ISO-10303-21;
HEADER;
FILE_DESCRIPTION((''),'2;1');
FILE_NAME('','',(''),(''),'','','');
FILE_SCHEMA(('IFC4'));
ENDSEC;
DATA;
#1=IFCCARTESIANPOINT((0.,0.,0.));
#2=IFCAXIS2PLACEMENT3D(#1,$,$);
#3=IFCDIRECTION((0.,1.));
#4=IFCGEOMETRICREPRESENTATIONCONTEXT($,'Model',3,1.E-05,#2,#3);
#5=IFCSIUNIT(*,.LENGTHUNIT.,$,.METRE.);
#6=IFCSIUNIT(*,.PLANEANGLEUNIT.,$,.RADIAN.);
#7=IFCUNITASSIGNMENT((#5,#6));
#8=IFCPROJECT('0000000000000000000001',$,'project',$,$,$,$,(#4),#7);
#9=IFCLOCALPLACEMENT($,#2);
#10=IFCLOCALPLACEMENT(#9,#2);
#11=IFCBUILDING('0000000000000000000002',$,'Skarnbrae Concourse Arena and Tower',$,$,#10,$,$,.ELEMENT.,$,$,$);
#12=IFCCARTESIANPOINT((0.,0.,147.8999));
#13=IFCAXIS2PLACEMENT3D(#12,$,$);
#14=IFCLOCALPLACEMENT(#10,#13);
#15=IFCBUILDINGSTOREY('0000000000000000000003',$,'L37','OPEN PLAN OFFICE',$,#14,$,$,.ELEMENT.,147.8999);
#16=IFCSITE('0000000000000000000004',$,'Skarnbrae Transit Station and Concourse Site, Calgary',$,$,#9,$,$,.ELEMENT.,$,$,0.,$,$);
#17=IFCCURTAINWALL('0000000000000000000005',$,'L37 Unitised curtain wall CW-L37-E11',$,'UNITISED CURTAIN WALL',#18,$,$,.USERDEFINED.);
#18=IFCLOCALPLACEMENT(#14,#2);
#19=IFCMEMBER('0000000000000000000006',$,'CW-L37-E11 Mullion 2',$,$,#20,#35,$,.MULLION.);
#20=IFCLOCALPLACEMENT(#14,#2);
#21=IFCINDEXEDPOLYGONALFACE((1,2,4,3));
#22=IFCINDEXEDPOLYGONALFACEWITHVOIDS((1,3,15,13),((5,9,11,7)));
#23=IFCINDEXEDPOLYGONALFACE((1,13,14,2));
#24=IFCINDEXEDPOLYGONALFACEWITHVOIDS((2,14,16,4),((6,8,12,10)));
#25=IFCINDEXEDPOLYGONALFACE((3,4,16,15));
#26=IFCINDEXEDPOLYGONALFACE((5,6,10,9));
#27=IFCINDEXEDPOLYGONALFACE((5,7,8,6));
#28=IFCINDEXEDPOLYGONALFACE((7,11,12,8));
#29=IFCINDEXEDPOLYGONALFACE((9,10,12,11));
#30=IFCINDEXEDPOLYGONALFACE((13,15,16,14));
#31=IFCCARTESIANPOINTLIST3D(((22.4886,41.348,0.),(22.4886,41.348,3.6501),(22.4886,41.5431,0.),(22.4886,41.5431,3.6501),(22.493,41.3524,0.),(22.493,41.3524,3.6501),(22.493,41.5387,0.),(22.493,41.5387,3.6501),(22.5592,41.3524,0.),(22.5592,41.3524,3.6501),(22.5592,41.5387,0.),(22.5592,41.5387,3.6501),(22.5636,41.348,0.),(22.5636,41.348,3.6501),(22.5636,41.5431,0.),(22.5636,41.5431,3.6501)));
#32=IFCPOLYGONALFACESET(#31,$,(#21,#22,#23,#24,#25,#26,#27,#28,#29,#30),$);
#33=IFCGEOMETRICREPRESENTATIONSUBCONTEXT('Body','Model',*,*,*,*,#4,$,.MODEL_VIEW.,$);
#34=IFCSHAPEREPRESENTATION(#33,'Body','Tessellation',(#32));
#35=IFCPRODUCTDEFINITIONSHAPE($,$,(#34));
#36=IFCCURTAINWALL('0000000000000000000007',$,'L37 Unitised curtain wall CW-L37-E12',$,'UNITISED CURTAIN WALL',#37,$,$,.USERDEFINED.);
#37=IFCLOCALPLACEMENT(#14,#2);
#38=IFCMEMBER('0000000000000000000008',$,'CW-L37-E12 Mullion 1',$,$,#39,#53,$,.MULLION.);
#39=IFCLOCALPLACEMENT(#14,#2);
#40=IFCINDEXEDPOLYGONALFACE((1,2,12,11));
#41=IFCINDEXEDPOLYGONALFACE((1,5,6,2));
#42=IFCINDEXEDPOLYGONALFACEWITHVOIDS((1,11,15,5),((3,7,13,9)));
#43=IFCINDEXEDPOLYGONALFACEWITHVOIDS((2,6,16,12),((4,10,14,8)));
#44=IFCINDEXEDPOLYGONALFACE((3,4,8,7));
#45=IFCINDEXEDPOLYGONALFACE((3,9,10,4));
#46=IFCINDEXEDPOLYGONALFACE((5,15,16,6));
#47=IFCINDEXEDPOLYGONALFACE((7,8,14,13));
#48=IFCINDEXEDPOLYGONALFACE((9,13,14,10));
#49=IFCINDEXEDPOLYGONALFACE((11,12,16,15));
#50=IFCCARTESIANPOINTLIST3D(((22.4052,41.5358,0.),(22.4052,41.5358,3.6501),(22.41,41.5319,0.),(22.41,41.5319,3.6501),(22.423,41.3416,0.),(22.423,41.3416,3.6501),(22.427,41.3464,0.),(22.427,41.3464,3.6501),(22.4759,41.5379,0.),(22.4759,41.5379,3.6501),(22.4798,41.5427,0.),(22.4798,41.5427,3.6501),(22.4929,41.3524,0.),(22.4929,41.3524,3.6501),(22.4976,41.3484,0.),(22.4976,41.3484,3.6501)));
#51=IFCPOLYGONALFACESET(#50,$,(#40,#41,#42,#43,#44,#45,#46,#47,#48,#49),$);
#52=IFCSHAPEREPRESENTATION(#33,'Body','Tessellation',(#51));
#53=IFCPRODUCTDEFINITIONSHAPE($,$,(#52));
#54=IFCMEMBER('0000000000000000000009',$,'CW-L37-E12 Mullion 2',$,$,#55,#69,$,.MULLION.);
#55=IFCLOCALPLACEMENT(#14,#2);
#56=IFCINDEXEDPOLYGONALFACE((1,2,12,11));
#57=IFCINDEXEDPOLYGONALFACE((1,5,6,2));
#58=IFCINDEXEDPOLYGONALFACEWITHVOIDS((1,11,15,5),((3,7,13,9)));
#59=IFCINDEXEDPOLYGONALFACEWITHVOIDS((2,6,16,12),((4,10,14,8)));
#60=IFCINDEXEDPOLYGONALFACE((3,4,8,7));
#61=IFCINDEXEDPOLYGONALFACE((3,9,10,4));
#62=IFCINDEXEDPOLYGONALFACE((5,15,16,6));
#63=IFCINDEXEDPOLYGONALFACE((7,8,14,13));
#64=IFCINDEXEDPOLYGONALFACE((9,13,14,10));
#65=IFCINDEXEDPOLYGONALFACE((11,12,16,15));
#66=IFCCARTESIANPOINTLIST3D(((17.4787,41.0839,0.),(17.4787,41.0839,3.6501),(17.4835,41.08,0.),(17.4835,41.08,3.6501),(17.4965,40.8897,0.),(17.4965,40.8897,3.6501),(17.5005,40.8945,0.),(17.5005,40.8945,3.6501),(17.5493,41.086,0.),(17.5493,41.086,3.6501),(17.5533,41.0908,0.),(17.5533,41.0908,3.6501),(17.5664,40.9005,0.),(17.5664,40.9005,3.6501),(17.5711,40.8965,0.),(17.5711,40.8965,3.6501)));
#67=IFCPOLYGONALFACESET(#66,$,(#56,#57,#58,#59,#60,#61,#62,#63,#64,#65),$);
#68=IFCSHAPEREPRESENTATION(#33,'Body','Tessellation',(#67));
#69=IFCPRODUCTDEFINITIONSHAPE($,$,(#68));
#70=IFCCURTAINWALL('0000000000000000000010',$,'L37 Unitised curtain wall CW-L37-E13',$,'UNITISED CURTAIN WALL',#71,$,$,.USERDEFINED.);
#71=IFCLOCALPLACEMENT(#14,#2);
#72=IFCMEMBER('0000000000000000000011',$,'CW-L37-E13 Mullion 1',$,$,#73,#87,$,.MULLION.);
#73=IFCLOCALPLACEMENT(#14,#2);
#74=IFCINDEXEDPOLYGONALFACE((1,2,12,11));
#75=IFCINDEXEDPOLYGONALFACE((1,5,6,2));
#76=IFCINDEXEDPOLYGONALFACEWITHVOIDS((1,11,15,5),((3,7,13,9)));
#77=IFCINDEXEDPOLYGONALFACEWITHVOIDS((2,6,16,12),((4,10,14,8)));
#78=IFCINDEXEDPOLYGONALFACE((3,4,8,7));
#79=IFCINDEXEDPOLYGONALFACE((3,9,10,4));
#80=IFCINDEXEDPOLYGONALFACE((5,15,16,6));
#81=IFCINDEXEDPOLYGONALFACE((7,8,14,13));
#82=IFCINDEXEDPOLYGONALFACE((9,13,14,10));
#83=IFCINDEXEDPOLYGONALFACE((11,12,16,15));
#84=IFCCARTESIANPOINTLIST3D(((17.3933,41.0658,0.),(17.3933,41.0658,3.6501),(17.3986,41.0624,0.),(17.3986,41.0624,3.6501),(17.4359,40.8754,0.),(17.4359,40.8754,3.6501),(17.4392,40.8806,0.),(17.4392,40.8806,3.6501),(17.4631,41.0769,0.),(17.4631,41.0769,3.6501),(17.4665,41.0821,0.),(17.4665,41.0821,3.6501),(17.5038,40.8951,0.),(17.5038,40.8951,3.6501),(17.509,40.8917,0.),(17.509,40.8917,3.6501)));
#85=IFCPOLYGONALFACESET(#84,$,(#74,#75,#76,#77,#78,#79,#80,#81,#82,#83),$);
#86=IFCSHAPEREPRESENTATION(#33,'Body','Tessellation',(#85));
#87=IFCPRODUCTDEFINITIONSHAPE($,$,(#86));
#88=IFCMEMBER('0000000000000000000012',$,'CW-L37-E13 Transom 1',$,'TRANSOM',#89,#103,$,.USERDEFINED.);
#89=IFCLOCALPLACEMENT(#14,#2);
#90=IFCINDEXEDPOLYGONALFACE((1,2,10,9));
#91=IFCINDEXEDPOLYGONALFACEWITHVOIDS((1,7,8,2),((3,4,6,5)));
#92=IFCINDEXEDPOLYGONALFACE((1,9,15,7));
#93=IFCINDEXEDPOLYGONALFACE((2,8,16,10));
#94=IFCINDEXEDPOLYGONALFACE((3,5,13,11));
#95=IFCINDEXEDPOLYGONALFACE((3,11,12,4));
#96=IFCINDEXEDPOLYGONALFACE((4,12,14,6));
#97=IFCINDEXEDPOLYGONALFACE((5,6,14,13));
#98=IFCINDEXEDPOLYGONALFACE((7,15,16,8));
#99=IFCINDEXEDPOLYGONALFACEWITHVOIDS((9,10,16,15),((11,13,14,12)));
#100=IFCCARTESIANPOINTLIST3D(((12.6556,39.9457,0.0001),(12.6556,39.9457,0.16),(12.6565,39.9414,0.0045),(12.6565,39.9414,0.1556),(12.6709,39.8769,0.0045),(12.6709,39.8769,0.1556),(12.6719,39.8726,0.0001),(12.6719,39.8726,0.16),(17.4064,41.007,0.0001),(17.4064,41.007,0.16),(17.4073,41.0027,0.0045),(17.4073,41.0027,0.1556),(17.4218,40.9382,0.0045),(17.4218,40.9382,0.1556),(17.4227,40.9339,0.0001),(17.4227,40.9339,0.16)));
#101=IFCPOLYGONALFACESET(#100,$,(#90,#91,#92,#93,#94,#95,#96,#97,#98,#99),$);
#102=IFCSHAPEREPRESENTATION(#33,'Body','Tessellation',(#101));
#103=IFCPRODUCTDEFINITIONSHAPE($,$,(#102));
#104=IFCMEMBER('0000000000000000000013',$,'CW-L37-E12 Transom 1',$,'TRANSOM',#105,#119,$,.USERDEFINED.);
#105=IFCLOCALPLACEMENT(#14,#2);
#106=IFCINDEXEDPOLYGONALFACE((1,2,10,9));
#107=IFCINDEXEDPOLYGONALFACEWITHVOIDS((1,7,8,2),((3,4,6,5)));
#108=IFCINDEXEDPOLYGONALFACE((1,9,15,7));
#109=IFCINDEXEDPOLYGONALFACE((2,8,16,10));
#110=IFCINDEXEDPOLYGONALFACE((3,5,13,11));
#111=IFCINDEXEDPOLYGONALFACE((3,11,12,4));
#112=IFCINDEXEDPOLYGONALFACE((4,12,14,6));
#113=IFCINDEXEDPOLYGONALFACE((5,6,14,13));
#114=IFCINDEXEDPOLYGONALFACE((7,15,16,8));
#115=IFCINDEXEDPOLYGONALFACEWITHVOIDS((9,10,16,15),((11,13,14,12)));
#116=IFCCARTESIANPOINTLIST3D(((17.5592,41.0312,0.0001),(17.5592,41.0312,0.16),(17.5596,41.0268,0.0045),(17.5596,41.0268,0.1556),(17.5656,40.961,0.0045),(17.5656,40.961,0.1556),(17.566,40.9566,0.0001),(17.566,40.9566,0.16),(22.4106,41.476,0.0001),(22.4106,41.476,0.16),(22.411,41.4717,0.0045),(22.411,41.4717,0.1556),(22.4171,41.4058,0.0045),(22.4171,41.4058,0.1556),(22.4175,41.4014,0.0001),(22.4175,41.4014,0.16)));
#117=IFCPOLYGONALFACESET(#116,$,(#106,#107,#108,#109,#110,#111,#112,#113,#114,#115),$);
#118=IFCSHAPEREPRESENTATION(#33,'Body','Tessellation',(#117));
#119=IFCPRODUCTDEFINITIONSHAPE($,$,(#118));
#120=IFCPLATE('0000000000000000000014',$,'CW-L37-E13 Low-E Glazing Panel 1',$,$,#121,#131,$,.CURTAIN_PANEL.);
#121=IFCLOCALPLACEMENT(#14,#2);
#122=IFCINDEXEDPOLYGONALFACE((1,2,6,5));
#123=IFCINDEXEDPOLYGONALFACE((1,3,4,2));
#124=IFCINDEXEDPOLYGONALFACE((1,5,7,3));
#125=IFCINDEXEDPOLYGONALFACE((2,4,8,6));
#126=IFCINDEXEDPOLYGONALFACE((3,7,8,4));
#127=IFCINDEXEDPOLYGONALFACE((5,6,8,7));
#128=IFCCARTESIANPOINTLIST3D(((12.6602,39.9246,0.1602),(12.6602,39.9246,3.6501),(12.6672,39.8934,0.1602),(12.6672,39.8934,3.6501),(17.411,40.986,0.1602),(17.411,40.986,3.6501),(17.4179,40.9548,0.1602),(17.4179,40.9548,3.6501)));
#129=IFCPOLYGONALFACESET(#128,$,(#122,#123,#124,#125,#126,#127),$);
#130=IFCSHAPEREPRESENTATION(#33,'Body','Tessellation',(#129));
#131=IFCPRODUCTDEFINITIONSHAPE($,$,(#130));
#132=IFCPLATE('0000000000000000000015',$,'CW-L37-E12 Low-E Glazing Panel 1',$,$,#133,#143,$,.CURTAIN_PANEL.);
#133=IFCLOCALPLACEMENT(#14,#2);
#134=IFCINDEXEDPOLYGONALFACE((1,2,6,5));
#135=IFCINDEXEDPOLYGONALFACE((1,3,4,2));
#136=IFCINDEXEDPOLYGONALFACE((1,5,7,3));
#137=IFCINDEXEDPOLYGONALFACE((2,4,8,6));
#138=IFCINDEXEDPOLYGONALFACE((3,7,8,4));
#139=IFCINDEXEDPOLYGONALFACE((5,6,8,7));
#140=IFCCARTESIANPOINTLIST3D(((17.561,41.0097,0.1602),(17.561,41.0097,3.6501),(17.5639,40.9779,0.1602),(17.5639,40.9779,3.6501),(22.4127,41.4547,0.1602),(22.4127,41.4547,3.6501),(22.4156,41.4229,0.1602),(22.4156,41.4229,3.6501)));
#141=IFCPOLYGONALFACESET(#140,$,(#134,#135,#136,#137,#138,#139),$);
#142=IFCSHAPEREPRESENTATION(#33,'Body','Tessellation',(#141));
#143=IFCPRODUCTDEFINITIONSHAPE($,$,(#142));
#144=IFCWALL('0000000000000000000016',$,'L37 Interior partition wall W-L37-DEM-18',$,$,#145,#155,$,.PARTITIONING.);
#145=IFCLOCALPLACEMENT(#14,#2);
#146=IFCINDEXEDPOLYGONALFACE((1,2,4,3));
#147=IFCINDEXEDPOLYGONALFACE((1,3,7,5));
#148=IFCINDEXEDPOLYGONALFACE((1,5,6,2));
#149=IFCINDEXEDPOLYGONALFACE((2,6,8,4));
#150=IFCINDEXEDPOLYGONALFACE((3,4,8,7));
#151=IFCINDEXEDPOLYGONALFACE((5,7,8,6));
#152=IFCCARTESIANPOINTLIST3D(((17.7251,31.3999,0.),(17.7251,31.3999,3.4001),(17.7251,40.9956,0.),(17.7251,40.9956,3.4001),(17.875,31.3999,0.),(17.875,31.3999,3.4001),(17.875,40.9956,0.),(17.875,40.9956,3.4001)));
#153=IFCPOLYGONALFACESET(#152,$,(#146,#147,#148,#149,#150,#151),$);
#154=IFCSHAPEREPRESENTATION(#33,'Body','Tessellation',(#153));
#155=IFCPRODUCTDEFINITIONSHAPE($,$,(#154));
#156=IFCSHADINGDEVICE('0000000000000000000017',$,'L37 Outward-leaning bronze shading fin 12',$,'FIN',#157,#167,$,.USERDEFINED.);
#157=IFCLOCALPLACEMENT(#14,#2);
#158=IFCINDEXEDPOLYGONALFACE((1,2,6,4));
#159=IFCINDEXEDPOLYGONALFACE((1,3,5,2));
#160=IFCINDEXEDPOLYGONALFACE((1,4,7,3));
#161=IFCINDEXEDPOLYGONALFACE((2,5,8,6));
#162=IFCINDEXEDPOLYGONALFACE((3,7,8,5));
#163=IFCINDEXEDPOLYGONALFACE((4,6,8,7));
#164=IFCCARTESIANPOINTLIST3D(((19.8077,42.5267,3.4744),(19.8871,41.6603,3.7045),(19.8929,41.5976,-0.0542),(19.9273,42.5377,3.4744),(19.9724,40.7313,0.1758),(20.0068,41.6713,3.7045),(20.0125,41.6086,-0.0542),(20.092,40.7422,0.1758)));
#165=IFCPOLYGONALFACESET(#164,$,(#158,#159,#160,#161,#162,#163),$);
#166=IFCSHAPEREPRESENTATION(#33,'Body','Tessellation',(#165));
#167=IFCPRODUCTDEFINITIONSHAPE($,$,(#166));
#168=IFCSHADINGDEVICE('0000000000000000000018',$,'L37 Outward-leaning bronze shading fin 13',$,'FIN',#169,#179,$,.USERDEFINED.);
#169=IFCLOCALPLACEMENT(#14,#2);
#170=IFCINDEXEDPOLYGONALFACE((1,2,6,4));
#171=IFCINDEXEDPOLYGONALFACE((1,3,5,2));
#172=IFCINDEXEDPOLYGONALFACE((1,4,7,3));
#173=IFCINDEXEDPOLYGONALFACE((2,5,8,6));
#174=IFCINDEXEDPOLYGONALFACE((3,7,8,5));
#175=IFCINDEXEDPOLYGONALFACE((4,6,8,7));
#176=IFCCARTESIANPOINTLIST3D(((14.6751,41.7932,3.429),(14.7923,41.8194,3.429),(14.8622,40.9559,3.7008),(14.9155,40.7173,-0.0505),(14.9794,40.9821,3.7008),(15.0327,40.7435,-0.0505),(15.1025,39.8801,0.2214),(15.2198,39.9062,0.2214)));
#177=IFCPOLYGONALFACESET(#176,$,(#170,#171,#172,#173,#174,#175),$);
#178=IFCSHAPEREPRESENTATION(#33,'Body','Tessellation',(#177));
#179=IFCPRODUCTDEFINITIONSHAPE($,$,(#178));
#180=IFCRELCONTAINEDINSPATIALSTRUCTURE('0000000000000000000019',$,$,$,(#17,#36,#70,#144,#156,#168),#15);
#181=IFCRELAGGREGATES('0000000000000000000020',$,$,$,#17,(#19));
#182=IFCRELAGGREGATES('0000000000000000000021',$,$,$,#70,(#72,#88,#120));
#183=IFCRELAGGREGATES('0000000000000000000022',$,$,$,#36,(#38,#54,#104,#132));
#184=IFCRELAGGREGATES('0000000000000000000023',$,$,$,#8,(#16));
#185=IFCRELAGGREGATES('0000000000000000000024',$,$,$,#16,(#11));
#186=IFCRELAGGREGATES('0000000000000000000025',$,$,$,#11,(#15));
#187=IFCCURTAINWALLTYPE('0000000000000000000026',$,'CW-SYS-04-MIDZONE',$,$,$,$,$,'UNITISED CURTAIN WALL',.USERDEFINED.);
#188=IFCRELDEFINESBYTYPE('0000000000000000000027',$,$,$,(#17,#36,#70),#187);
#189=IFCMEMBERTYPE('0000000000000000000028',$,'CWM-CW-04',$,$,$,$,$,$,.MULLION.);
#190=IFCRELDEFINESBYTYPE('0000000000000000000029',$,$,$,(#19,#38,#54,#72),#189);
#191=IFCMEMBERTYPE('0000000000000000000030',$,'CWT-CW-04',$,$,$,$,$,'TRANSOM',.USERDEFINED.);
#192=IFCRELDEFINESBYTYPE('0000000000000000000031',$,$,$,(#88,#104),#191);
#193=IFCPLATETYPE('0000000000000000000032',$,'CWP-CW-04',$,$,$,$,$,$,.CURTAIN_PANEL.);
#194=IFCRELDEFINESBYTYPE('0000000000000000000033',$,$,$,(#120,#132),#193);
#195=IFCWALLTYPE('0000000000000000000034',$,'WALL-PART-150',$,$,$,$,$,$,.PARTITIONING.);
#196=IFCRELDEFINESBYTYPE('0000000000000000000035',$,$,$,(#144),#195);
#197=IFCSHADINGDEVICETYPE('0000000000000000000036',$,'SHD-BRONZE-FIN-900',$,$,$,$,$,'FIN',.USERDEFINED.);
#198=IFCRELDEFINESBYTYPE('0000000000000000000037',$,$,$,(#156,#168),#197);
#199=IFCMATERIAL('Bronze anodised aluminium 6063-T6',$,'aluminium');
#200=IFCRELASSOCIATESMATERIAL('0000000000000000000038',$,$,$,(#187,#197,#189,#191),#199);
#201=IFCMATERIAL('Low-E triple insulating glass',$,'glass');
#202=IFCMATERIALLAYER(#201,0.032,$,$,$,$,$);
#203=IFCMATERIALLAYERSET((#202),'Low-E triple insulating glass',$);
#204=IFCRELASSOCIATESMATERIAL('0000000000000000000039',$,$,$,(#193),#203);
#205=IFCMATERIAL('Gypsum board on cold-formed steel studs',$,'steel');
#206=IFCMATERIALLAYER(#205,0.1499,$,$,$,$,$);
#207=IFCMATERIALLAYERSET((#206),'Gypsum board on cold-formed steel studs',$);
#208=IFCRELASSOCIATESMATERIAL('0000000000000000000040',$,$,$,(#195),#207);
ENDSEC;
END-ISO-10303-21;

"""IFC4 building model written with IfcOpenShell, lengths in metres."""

from ifc_helpers import new_model, si_unit, direction, frame, frame_2d, origin, origin_2d, place, context, subcontext, project, spatial, rectangle, hollow_rectangle, extrude, source, transform, mapped, material, layer, layer_set, material_profile, profile_set, type_object, element, aggregate, save


model = new_model("IFC4")

# Units and contexts
model_context = context("Model", 3, precision=1e-05, world=origin(), true_north=direction((0.0, 1.0)))
body_context = subcontext(model_context, "Body", "Model", "MODEL_VIEW")
ifc_project = project(units=[si_unit("LENGTHUNIT", "METRE"), si_unit("PLANEANGLEUNIT", "RADIAN")], contexts=[model_context])

# Site, building, storey
site_placement = place(None, origin())
site = spatial("IfcSite", under=ifc_project, at=site_placement, Name="Skarnbrae Transit Station and Concourse Site, Calgary", CompositionType="ELEMENT", RefElevation=0.0)
building_placement = place(site_placement, origin())
building = spatial("IfcBuilding", under=site, at=building_placement, Name="Skarnbrae Concourse Arena and Tower", CompositionType="ELEMENT")
storey_placement = place(building_placement, frame((0.0, 0.0, 147.8999)))
storey = spatial("IfcBuildingStorey", under=building, at=storey_placement, Name="L37", Description="OPEN PLAN OFFICE", CompositionType="ELEMENT", Elevation=147.8999)

# Curtain wall, member
ifc_material_1 = material(Name="Bronze anodised aluminium 6063-T6", Category="aluminium")
curtain_wall_type = type_object("IfcCurtainWallType", Name="CW-SYS-04-MIDZONE", ElementType="UNITISED CURTAIN WALL", PredefinedType="USERDEFINED", material=ifc_material_1)
curtain_wall_1_placement = place(storey_placement, origin())
curtain_wall_1 = element("IfcCurtainWall", 1, at=curtain_wall_1_placement, inside=storey, type_object=curtain_wall_type, Name="L37 Unitised curtain wall CW-L37-E11", ObjectType="UNITISED CURTAIN WALL", PredefinedType="USERDEFINED")
ifc_material_profile_1 = material_profile(ifc_material_1, hollow_rectangle(XDim=0.075, YDim=0.1951, WallThickness=0.0044, at=origin_2d()), Name="ALU-MULL-75X195")
ifc_profile_set_1 = profile_set([ifc_material_profile_1], Name="Bronze anodised aluminium 6063-T6")
member_type_1 = type_object("IfcMemberType", Name="CWM-CW-04", PredefinedType="MULLION", material=ifc_profile_set_1)
shared_shape_1 = source(origin(), body_context, "Body", "SweptSolid", [
    extrude(hollow_rectangle(XDim=0.075, YDim=0.1951, WallThickness=0.0044, at=origin_2d()), origin(), (0.0, 0.0, 1.0), 3.6501),
])
member_1_placement = place(storey_placement, frame((22.5261, 41.4456, 0.0), z_axis=(0.0, 0.0, 1.0), x_axis=(-1.0, 0.0, 0.0)))
member_1 = element("IfcMember", 2, at=member_1_placement, type_object=member_type_1, Name="CW-L37-E11 Mullion 2", PredefinedType="MULLION", context=body_context, shape_type="MappedRepresentation", body=[
    mapped(shared_shape_1, transform((0.0, 0.0, 0.0))),
])
aggregate(curtain_wall_1, [member_1])

# Curtain walls, members
curtain_wall_2_placement = place(storey_placement, origin())
curtain_wall_2 = element("IfcCurtainWall", 3, at=curtain_wall_2_placement, inside=storey, type_object=curtain_wall_type, Name="L37 Unitised curtain wall CW-L37-E12", ObjectType="UNITISED CURTAIN WALL", PredefinedType="USERDEFINED")
member_2_placement = place(storey_placement, frame((22.4514, 41.4421, 0.0), z_axis=(0.0, 0.0, 1.0), x_axis=(-0.99582, -0.091338, 0.0)))
member_2 = element("IfcMember", 4, at=member_2_placement, type_object=member_type_1, Name="CW-L37-E12 Mullion 1", PredefinedType="MULLION", context=body_context, shape_type="MappedRepresentation", body=[
    mapped(shared_shape_1, transform((0.0, 0.0, 0.0))),
])
member_3_placement = place(storey_placement, frame((17.5249, 40.9902, 0.0), z_axis=(0.0, 0.0, 1.0), x_axis=(-0.99582, -0.091338, 0.0)))
member_3 = element("IfcMember", 5, at=member_3_placement, type_object=member_type_1, Name="CW-L37-E12 Mullion 2", PredefinedType="MULLION", context=body_context, shape_type="MappedRepresentation", body=[
    mapped(shared_shape_1, transform((0.0, 0.0, 0.0))),
])
curtain_wall_3_placement = place(storey_placement, origin())
curtain_wall_3 = element("IfcCurtainWall", 6, at=curtain_wall_3_placement, inside=storey, type_object=curtain_wall_type, Name="L37 Unitised curtain wall CW-L37-E13", ObjectType="UNITISED CURTAIN WALL", PredefinedType="USERDEFINED")
member_4_placement = place(storey_placement, frame((17.4512, 40.9788, 0.0), z_axis=(0.0, 0.0, 1.0), x_axis=(-0.975936, -0.218056, 0.0)))
member_4 = element("IfcMember", 7, at=member_4_placement, type_object=member_type_1, Name="CW-L37-E13 Mullion 1", PredefinedType="MULLION", context=body_context, shape_type="MappedRepresentation", body=[
    mapped(shared_shape_1, transform((0.0, 0.0, 0.0))),
])
ifc_material_profile_2 = material_profile(ifc_material_1, hollow_rectangle(XDim=0.075, YDim=0.1599, WallThickness=0.0044, at=origin_2d()), Name="ALU-TRAN-75X160")
ifc_profile_set_2 = profile_set([ifc_material_profile_2], Name="Bronze anodised aluminium 6063-T6")
member_type_2 = type_object("IfcMemberType", Name="CWT-CW-04", ElementType="TRANSOM", PredefinedType="USERDEFINED", material=ifc_profile_set_2)
shared_shape_2 = source(origin(), body_context, "Body", "SweptSolid", [
    extrude(hollow_rectangle(XDim=0.075, YDim=0.1599, WallThickness=0.0044, at=origin_2d()), origin(), (0.0, 0.0, 1.0), 4.8679),
])
member_5_placement = place(storey_placement, frame((17.4146, 40.9705, 0.0801), z_axis=(-0.975945, -0.218019, 0.0), x_axis=(0.218019, -0.975945, 0.0)))
member_5 = element("IfcMember", 8, at=member_5_placement, type_object=member_type_2, Name="CW-L37-E13 Transom 1", ObjectType="TRANSOM", PredefinedType="USERDEFINED", context=body_context, shape_type="MappedRepresentation", body=[
    mapped(shared_shape_2, transform((0.0, 0.0, 0.0))),
])

# Member
shared_shape_3 = source(origin(), body_context, "Body", "SweptSolid", [
    extrude(hollow_rectangle(XDim=0.075, YDim=0.1599, WallThickness=0.0044, at=origin_2d()), origin(), (0.0, 0.0, 1.0), 4.8718),
])
member_6_placement = place(storey_placement, frame((22.4141, 41.4387, 0.0801), z_axis=(-0.995823, -0.091304, 0.0), x_axis=(0.091304, -0.995823, 0.0)))
member_6 = element("IfcMember", 9, at=member_6_placement, type_object=member_type_2, Name="CW-L37-E12 Transom 1", ObjectType="TRANSOM", PredefinedType="USERDEFINED", context=body_context, shape_type="MappedRepresentation", body=[
    mapped(shared_shape_3, transform((0.0, 0.0, 0.0))),
])

# Plates
ifc_material_2 = material(Name="Low-E triple insulating glass", Category="glass")
ifc_layer_1 = layer(ifc_material_2, 0.032)
ifc_layer_set_1 = layer_set([ifc_layer_1], Name="Low-E triple insulating glass")
plate_type = type_object("IfcPlateType", Name="CWP-CW-04", PredefinedType="CURTAIN_PANEL", material=ifc_layer_set_1)
shared_shape_4 = source(origin(), body_context, "Body", "SweptSolid", [
    extrude(rectangle(XDim=4.8679, YDim=0.032, at=origin_2d()), origin(), (0.0, 0.0, 1.0), 3.49),
])
plate_1_placement = place(storey_placement, frame((15.0391, 40.4397, 0.1602), z_axis=(0.0, 0.0, 1.0), x_axis=(-0.975936, -0.218056, 0.0)))
plate_1 = element("IfcPlate", 10, at=plate_1_placement, type_object=plate_type, Name="CW-L37-E13 Low-E Glazing Panel 1", PredefinedType="CURTAIN_PANEL", context=body_context, shape_type="MappedRepresentation", body=[
    mapped(shared_shape_4, transform((0.0, 0.0, 0.0))),
])
aggregate(curtain_wall_3, [member_4, member_5, plate_1])
shared_shape_5 = source(origin(), body_context, "Body", "SweptSolid", [
    extrude(rectangle(XDim=4.8721, YDim=0.032, at=origin_2d()), origin(), (0.0, 0.0, 1.0), 3.49),
])
plate_2_placement = place(storey_placement, frame((19.9883, 41.2163, 0.1602), z_axis=(0.0, 0.0, 1.0), x_axis=(-0.99582, -0.091338, 0.0)))
plate_2 = element("IfcPlate", 11, at=plate_2_placement, type_object=plate_type, Name="CW-L37-E12 Low-E Glazing Panel 1", PredefinedType="CURTAIN_PANEL", context=body_context, shape_type="MappedRepresentation", body=[
    mapped(shared_shape_5, transform((0.0, 0.0, 0.0))),
])
aggregate(curtain_wall_2, [member_2, member_3, member_6, plate_2])

# Wall
ifc_material_3 = material(Name="Gypsum board on cold-formed steel studs", Category="steel")
ifc_layer_2 = layer(ifc_material_3, 0.1499)
ifc_layer_set_2 = layer_set([ifc_layer_2], Name="Gypsum board on cold-formed steel studs")
wall_type = type_object("IfcWallType", Name="WALL-PART-150", PredefinedType="PARTITIONING", material=ifc_layer_set_2)
shared_shape_6 = source(origin(), body_context, "Body", "SweptSolid", [
    extrude(rectangle(XDim=9.5957, YDim=0.1499, at=frame_2d((4.7979, 0.0))), origin(), (0.0, 0.0, 1.0), 3.4001),
])
wall_placement = place(storey_placement, frame((17.8, 40.9956, 0.0), z_axis=(0.0, 0.0, 1.0), x_axis=(0.0, -1.0, 0.0)))
element("IfcWall", 12, at=wall_placement, inside=storey, type_object=wall_type, Name="L37 Interior partition wall W-L37-DEM-18", PredefinedType="PARTITIONING", context=body_context, shape_type="MappedRepresentation", body=[
    mapped(shared_shape_6, transform((0.0, 0.0, 0.0))),
])

# Shading devices
shading_device_type = type_object("IfcShadingDeviceType", Name="SHD-BRONZE-FIN-900", ElementType="FIN", PredefinedType="USERDEFINED", material=ifc_material_1)
shared_shape_7 = source(origin(), body_context, "Body", "SweptSolid", [
    extrude(rectangle(XDim=0.1201, YDim=0.8999, at=origin_2d()), origin(), (0.0, 0.0, 1.0), 3.6499),
])
for number, where, z_axis, x_axis, name in (
    (13, (19.9924, 41.1699, 0.0608), (-0.023349, 0.254546, 0.966779), (0.995819, 0.091345, 0.0), "L37 Outward-leaning bronze shading fin 12"),
    (14, (15.0676, 40.3118, 0.0854), (-0.065862, 0.294769, 0.953296), (0.975936, 0.218058, 0.0), "L37 Outward-leaning bronze shading fin 13"),
):
    element("IfcShadingDevice", number, at=place(storey_placement, frame(where, z_axis=z_axis, x_axis=x_axis)), inside=storey, type_object=shading_device_type, Name=name, ObjectType="FIN", PredefinedType="USERDEFINED", context=body_context, shape_type="MappedRepresentation", body=[
        mapped(shared_shape_7, transform((0.0, 0.0, 0.0))),
    ])

save(model, "model.ifc")
